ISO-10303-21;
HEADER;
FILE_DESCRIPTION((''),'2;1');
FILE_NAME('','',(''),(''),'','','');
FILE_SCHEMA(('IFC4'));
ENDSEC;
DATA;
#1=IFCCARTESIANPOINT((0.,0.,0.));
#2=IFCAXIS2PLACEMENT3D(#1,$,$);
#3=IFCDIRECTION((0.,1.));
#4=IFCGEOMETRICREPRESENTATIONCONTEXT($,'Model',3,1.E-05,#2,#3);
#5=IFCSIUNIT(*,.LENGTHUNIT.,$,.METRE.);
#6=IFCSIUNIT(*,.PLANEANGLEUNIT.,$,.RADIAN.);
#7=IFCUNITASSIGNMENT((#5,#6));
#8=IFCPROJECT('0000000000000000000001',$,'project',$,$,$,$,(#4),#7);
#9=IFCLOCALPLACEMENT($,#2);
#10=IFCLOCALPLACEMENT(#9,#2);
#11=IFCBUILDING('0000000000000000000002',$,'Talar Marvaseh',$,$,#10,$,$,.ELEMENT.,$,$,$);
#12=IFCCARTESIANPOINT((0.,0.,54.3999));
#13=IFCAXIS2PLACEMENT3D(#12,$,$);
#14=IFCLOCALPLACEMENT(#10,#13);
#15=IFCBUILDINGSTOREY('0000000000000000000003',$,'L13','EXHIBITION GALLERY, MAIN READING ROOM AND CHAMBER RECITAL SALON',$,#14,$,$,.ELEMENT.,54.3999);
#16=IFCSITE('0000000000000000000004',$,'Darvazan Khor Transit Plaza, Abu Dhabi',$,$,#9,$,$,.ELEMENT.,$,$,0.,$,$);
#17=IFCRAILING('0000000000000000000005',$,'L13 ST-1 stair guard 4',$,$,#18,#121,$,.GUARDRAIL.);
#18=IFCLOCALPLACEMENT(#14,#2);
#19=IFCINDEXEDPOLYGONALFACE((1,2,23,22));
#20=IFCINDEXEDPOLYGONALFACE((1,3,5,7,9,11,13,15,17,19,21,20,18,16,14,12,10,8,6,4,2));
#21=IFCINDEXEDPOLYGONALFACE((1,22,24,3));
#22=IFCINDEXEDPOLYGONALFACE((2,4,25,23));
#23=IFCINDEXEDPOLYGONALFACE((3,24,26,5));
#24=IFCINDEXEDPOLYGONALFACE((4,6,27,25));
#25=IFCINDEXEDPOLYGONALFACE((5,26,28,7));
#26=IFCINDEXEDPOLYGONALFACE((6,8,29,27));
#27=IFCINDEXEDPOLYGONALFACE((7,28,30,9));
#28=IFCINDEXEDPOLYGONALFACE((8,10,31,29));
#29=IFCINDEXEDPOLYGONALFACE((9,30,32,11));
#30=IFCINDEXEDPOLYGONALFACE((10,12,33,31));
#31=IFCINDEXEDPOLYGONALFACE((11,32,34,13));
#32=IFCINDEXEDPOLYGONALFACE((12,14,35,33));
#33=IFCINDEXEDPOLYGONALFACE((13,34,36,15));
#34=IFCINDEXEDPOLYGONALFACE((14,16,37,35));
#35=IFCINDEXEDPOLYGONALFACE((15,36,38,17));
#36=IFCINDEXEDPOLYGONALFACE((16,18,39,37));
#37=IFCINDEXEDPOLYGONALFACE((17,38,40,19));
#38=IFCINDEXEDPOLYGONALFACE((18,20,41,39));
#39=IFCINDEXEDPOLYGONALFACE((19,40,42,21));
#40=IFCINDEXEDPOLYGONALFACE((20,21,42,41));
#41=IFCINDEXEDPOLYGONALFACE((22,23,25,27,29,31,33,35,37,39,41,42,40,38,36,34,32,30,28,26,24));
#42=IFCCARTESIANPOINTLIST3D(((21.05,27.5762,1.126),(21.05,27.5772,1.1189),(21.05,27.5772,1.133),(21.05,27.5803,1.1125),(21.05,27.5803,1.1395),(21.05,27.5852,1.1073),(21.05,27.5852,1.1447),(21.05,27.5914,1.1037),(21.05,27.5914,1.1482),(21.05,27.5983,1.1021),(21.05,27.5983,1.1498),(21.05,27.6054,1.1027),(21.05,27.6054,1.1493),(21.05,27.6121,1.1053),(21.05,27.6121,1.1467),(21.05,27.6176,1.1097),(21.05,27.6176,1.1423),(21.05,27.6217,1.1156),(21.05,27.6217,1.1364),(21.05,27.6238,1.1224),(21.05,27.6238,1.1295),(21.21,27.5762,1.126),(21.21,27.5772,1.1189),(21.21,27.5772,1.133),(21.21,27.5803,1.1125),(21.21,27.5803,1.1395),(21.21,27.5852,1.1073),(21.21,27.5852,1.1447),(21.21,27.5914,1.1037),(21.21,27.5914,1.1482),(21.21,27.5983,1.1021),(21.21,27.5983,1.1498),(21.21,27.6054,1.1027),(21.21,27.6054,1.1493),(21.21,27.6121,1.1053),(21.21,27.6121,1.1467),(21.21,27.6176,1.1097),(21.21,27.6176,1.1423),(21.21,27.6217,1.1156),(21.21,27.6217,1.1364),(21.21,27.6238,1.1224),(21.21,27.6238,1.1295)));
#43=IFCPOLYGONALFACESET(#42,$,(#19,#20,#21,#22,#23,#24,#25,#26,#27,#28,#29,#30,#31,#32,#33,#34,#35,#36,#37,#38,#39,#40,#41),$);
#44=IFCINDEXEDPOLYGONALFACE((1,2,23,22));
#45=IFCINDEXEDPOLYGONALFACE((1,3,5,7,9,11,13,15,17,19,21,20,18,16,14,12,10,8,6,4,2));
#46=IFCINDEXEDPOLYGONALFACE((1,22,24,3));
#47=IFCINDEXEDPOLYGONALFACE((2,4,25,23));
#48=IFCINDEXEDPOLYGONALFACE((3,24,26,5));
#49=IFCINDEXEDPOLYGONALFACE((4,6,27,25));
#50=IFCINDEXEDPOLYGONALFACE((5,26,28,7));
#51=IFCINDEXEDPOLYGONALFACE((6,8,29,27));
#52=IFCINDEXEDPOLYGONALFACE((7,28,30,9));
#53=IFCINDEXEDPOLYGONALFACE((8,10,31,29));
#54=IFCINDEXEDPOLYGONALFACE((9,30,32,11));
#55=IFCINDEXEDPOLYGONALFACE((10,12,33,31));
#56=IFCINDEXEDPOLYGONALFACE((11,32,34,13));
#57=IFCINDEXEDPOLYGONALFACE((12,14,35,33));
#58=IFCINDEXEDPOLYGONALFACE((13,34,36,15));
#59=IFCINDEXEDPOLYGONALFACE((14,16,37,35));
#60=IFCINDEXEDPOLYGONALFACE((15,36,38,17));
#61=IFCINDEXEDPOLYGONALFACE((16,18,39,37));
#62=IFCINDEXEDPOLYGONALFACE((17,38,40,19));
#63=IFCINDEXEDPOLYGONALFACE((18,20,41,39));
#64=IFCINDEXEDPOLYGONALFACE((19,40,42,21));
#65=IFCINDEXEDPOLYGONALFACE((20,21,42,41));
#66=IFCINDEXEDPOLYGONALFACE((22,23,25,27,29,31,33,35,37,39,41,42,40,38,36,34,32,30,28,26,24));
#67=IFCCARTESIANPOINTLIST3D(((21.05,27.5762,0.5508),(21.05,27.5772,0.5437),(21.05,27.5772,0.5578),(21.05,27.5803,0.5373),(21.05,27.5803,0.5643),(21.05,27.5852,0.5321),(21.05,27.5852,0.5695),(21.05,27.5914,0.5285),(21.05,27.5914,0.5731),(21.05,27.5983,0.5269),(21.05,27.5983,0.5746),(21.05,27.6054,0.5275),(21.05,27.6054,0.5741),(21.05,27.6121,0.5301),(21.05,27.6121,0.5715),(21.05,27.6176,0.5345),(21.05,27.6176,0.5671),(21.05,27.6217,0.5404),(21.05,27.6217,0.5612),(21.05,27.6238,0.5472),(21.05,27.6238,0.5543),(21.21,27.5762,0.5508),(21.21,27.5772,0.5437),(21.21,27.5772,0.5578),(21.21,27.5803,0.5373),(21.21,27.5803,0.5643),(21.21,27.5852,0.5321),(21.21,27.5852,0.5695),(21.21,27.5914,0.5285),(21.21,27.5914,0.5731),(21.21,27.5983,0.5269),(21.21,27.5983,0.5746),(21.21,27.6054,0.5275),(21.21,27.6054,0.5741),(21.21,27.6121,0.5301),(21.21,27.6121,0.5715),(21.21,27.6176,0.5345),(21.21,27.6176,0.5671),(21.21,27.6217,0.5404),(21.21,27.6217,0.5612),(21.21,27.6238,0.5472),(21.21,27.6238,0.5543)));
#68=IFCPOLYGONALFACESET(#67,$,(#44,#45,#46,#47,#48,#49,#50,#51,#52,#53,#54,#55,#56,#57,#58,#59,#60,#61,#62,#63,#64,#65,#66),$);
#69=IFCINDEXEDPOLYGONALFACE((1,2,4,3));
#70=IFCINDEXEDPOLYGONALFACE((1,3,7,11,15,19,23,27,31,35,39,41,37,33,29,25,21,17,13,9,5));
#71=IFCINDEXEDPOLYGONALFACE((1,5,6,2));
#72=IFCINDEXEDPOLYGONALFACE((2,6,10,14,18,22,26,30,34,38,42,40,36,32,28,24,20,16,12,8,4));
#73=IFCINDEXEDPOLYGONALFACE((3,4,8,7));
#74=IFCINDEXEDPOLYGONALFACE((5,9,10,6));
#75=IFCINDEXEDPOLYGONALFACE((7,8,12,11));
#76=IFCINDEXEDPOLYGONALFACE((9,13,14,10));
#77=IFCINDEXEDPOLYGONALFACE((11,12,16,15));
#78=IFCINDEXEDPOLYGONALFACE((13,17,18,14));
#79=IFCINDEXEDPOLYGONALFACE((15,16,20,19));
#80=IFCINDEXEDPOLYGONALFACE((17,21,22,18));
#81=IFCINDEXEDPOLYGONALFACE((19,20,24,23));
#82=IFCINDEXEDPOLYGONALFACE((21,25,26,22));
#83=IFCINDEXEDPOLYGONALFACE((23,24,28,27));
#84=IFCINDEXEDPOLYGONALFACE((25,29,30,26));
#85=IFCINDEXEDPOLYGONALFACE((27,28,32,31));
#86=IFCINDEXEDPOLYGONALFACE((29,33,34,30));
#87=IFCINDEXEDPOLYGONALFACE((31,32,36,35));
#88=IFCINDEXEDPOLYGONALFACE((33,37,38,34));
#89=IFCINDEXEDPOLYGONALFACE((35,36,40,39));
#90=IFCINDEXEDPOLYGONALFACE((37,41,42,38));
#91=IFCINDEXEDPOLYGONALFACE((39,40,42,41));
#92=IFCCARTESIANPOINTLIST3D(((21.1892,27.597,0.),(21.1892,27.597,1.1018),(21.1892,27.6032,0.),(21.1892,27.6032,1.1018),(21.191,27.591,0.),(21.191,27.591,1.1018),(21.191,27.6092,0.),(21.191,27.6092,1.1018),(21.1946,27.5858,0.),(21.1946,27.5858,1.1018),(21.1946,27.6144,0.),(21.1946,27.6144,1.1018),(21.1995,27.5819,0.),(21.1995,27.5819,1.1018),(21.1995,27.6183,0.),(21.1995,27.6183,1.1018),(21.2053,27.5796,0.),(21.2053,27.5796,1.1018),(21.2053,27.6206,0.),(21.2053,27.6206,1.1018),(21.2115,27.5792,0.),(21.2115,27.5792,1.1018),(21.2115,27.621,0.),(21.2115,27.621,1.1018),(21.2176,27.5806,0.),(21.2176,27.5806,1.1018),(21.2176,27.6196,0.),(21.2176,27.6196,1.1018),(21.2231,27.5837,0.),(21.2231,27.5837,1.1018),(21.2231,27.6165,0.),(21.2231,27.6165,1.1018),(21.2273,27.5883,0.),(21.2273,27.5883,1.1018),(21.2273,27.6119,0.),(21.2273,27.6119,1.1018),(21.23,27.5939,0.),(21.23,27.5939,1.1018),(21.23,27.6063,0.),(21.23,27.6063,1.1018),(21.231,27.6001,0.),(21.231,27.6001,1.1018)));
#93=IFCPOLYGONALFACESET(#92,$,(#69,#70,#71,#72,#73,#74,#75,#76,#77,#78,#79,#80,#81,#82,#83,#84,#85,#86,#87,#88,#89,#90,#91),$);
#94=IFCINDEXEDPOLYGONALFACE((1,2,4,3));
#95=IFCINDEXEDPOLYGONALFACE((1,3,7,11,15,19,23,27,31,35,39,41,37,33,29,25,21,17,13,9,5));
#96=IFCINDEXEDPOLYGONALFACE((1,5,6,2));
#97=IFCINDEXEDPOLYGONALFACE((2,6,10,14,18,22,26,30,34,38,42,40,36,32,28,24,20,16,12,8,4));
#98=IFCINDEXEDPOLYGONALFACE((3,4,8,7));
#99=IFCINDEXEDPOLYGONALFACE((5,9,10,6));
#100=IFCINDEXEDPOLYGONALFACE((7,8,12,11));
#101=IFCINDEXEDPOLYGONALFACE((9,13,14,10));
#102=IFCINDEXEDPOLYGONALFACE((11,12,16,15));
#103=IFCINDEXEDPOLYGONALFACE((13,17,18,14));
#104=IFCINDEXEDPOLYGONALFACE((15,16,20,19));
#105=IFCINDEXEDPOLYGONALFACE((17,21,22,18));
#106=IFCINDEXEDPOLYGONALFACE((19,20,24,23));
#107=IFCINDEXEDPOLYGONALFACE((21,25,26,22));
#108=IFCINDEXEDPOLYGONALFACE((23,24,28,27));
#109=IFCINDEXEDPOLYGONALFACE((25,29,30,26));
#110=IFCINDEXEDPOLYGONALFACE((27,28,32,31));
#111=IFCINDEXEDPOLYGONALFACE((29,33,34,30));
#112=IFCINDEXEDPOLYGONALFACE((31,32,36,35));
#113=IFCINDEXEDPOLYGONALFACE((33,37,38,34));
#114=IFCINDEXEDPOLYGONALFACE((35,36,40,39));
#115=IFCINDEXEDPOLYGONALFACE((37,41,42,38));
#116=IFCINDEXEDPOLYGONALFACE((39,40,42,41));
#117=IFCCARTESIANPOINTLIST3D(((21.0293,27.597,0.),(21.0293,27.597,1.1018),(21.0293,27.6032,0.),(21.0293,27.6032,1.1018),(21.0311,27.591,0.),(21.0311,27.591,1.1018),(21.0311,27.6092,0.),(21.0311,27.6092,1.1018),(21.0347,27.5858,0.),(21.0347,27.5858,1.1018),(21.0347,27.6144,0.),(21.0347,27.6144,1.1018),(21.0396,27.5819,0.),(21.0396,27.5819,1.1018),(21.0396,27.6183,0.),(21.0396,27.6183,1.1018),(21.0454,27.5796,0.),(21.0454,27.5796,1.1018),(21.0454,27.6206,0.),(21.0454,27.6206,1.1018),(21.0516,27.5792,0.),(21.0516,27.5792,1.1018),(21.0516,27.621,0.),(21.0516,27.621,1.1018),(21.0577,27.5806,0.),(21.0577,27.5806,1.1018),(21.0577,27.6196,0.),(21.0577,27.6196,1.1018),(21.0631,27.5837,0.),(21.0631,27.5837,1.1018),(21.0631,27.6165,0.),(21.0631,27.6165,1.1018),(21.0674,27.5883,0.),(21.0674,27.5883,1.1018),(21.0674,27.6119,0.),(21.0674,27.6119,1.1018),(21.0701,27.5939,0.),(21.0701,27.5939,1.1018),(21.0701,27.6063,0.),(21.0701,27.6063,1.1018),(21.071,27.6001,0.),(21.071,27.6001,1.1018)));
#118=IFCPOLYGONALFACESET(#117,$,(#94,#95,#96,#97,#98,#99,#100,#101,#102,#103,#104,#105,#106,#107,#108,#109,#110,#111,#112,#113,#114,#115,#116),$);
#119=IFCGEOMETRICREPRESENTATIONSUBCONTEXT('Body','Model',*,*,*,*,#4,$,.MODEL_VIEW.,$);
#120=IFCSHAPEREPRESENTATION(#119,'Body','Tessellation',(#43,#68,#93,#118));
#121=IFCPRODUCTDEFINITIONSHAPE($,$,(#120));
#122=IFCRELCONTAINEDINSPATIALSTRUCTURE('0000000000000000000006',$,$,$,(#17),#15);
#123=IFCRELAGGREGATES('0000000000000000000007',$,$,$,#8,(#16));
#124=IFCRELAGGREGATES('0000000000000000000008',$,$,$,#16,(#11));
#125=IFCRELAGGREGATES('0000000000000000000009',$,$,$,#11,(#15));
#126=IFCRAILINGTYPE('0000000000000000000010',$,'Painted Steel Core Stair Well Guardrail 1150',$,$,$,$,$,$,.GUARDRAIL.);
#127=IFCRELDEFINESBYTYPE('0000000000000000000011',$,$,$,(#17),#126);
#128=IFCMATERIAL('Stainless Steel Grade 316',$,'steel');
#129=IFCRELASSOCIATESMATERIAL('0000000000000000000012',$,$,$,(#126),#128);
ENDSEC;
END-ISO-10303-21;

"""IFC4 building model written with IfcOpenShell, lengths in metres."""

from ifc_helpers import new_model, si_unit, direction, frame, origin, origin_2d, place, context, subcontext, project, spatial, circle, extrude, material, type_object, element, save


model = new_model("IFC4")

# Units and contexts
model_context = context("Model", 3, precision=1e-05, world=origin(), true_north=direction((0.0, 1.0)))
body_context = subcontext(model_context, "Body", "Model", "MODEL_VIEW")
ifc_project = project(units=[si_unit("LENGTHUNIT", "METRE"), si_unit("PLANEANGLEUNIT", "RADIAN")], contexts=[model_context])

# Site, building, storey
site_placement = place(None, origin())
site = spatial("IfcSite", under=ifc_project, at=site_placement, Name="Darvazan Khor Transit Plaza, Abu Dhabi", CompositionType="ELEMENT", RefElevation=0.0)
building_placement = place(site_placement, origin())
building = spatial("IfcBuilding", under=site, at=building_placement, Name="Talar Marvaseh", CompositionType="ELEMENT")
storey_placement = place(building_placement, frame((0.0, 0.0, 54.3999)))
storey = spatial("IfcBuildingStorey", under=building, at=storey_placement, Name="L13", Description="EXHIBITION GALLERY, MAIN READING ROOM AND CHAMBER RECITAL SALON", CompositionType="ELEMENT", Elevation=54.3999)

# Railing
ifc_material_1 = material(Name="Stainless Steel Grade 316", Category="steel")
railing_type_1 = type_object("IfcRailingType", Name="Painted Steel Core Stair Well Guardrail 1150", PredefinedType="GUARDRAIL", material=ifc_material_1)
railing_1_placement = place(storey_placement, frame((21.21, 27.6001, 0.0)))
element("IfcRailing", 1, at=railing_1_placement, inside=storey, type_object=railing_type_1, Name="L13 ST-1 stair guard 4", PredefinedType="GUARDRAIL", context=body_context, shape_type="SweptSolid", body=[
    extrude(circle(Radius=0.0239, at=origin_2d()), frame((0.0, 0.0, 1.126), z_axis=(-1.0, 0.0, 0.0), x_axis=(0.0, -1.0, 0.0)), (0.0, 0.0, 1.0), 0.1599),
    extrude(circle(Radius=0.0239, at=origin_2d()), frame((0.0, 0.0, 0.5508), z_axis=(-1.0, 0.0, 0.0), x_axis=(0.0, -1.0, 0.0)), (0.0, 0.0, 1.0), 0.1599),
    extrude(circle(Radius=0.021, at=origin_2d()), origin(), (0.0, 0.0, 1.0), 1.1018),
    extrude(circle(Radius=0.021, at=origin_2d()), frame((-0.1599, 0.0, 0.0)), (0.0, 0.0, 1.0), 1.1018),
])

save(model, "model.ifc")
